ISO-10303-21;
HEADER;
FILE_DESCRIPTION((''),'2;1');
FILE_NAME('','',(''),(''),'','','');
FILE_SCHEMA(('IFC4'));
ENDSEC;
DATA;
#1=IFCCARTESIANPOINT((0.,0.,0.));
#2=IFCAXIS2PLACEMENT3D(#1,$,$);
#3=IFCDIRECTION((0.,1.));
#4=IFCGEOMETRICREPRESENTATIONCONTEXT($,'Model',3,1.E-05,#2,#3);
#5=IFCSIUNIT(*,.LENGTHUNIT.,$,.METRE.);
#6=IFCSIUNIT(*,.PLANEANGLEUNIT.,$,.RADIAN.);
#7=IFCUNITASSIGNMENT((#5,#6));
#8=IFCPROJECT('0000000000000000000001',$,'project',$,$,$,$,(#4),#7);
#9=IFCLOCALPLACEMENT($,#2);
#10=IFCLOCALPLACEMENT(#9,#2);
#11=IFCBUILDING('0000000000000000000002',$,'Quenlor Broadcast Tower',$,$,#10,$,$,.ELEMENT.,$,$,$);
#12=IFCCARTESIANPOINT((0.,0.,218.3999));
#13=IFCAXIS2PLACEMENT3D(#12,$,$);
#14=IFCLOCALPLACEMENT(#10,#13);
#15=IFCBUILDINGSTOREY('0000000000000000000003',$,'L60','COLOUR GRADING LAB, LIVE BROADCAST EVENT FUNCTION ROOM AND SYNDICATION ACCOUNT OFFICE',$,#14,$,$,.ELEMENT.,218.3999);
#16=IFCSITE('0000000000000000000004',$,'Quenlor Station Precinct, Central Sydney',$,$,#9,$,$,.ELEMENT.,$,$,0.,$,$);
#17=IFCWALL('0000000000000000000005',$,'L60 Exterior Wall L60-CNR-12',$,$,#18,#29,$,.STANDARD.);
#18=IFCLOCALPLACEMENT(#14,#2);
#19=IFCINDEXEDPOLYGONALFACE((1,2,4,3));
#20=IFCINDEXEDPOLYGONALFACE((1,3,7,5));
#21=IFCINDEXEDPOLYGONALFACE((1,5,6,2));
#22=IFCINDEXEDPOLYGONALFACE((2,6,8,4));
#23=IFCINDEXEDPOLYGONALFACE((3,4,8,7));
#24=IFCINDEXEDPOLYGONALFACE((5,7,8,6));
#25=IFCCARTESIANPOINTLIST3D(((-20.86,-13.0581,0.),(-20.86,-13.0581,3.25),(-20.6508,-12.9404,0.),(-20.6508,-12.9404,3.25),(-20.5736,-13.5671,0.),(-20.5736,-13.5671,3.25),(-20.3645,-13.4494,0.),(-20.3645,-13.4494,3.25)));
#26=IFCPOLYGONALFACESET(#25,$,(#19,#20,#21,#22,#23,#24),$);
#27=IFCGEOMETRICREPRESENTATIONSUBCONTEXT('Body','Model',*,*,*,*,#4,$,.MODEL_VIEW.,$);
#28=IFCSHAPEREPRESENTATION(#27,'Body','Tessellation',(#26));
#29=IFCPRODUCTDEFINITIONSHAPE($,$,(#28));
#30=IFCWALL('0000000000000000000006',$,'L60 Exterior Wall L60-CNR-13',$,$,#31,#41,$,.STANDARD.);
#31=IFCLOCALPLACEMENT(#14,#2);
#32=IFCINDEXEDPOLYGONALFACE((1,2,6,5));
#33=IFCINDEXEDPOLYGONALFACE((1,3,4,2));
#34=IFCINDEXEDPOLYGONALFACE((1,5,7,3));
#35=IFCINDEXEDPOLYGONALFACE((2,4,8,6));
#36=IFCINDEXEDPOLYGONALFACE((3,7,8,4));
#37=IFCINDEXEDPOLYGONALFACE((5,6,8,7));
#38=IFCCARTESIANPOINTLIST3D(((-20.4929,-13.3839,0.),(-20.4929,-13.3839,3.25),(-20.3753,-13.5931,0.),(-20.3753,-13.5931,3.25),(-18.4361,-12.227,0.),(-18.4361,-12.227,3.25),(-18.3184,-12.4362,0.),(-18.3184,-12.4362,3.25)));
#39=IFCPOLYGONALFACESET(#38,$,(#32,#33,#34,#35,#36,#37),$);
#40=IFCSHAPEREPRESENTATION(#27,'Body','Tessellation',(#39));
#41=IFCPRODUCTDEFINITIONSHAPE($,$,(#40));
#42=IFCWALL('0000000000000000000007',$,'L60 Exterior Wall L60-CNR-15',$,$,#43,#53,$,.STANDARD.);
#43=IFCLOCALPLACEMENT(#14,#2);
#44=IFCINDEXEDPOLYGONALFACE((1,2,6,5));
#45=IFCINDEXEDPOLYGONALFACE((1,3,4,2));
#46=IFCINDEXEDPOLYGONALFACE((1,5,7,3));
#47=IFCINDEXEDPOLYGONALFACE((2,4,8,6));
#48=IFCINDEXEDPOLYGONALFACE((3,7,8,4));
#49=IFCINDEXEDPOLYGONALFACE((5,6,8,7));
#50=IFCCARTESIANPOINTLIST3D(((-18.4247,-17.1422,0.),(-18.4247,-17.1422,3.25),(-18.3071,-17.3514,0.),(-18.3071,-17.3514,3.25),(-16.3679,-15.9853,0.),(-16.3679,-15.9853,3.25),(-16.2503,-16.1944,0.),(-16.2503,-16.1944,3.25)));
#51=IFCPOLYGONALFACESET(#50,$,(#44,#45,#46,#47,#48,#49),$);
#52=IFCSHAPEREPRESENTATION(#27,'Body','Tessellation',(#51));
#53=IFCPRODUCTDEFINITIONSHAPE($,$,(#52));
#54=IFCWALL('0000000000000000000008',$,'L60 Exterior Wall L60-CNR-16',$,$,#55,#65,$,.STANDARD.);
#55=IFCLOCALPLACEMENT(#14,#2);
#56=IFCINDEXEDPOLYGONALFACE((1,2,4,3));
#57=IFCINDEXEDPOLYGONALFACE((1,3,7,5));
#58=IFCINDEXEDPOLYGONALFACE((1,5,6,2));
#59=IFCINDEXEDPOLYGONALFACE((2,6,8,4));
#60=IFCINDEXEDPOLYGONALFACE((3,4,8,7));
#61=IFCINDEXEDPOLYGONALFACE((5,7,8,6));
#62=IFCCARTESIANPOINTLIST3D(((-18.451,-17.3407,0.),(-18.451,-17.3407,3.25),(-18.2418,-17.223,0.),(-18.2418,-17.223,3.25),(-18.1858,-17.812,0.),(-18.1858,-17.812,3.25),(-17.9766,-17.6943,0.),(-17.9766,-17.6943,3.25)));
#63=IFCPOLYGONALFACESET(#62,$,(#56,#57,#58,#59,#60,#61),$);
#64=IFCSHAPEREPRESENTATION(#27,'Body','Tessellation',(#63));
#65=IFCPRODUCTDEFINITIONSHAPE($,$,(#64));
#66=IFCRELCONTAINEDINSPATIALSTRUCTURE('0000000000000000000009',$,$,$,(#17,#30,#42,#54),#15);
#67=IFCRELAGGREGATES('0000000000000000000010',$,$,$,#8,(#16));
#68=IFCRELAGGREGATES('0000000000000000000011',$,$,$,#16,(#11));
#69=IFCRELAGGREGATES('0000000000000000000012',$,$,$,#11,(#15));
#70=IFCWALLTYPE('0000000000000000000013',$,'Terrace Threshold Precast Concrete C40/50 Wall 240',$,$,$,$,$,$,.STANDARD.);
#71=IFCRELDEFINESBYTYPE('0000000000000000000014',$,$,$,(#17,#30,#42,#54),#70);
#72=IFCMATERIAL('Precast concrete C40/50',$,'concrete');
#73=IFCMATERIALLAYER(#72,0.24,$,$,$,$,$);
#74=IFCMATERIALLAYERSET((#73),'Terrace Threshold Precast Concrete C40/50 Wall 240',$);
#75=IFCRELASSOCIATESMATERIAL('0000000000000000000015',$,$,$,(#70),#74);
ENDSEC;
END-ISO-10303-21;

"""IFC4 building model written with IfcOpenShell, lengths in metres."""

from ifc_helpers import new_model, si_unit, direction, frame, frame_2d, origin, place, context, subcontext, project, spatial, rectangle, extrude, material, layer, layer_set, type_object, element, save


model = new_model("IFC4")

# Units and contexts
model_context = context("Model", 3, precision=1e-05, world=origin(), true_north=direction((0.0, 1.0)))
body_context = subcontext(model_context, "Body", "Model", "MODEL_VIEW")
ifc_project = project(units=[si_unit("LENGTHUNIT", "METRE"), si_unit("PLANEANGLEUNIT", "RADIAN")], contexts=[model_context])

# Site, building, storey
site_placement = place(None, origin())
site = spatial("IfcSite", under=ifc_project, at=site_placement, Name="Quenlor Station Precinct, Central Sydney", CompositionType="ELEMENT", RefElevation=0.0)
building_placement = place(site_placement, origin())
building = spatial("IfcBuilding", under=site, at=building_placement, Name="Quenlor Broadcast Tower", CompositionType="ELEMENT")
storey_placement = place(building_placement, frame((0.0, 0.0, 218.3999)))
storey = spatial("IfcBuildingStorey", under=building, at=storey_placement, Name="L60", Description="COLOUR GRADING LAB, LIVE BROADCAST EVENT FUNCTION ROOM AND SYNDICATION ACCOUNT OFFICE", CompositionType="ELEMENT", Elevation=218.3999)

# Walls
ifc_material_1 = material(Name="Precast concrete C40/50", Category="concrete")
ifc_layer_1 = layer(ifc_material_1, 0.24)
ifc_layer_set_1 = layer_set([ifc_layer_1], Name="Terrace Threshold Precast Concrete C40/50 Wall 240")
wall_type_1 = type_object("IfcWallType", Name="Terrace Threshold Precast Concrete C40/50 Wall 240", PredefinedType="STANDARD", material=ifc_layer_set_1)
wall_1_placement = place(storey_placement, frame((-20.7554, -12.9993, 0.0), z_axis=(0.0, 0.0, 1.0), x_axis=(0.490321, -0.871542, 0.0)))
element("IfcWall", 1, at=wall_1_placement, inside=storey, type_object=wall_type_1, Name="L60 Exterior Wall L60-CNR-12", PredefinedType="STANDARD", context=body_context, shape_type="SweptSolid", body=[
    extrude(rectangle(XDim=0.584, YDim=0.24, at=frame_2d((0.292, 0.0))), origin(), (0.0, 0.0, 1.0), 3.25),
])
for number, where, z_axis, x_axis, name in (
    (2, (-20.4341, -13.4885, 0.0), (0.0, 0.0, 1.0), (0.871578, 0.490256, 0.0), "L60 Exterior Wall L60-CNR-13"),
    (3, (-16.3091, -16.0898, 0.0), (0.0, 0.0, 1.0), (-0.871578, -0.490256, 0.0), "L60 Exterior Wall L60-CNR-15"),
):
    element("IfcWall", number, at=place(storey_placement, frame(where, z_axis=z_axis, x_axis=x_axis)), inside=storey, type_object=wall_type_1, Name=name, PredefinedType="STANDARD", context=body_context, shape_type="SweptSolid", body=[
        extrude(rectangle(XDim=2.3599, YDim=0.24, at=frame_2d((1.1799, 0.0))), origin(), (0.0, 0.0, 1.0), 3.25),
    ])
wall_2_placement = place(storey_placement, frame((-18.3464, -17.2817, 0.0), z_axis=(0.0, 0.0, 1.0), x_axis=(0.49039, -0.871503, 0.0)))
element("IfcWall", 4, at=wall_2_placement, inside=storey, type_object=wall_type_1, Name="L60 Exterior Wall L60-CNR-16", PredefinedType="STANDARD", context=body_context, shape_type="SweptSolid", body=[
    extrude(rectangle(XDim=0.5408, YDim=0.24, at=frame_2d((0.2705, 0.0))), origin(), (0.0, 0.0, 1.0), 3.25),
])

save(model, "model.ifc")
